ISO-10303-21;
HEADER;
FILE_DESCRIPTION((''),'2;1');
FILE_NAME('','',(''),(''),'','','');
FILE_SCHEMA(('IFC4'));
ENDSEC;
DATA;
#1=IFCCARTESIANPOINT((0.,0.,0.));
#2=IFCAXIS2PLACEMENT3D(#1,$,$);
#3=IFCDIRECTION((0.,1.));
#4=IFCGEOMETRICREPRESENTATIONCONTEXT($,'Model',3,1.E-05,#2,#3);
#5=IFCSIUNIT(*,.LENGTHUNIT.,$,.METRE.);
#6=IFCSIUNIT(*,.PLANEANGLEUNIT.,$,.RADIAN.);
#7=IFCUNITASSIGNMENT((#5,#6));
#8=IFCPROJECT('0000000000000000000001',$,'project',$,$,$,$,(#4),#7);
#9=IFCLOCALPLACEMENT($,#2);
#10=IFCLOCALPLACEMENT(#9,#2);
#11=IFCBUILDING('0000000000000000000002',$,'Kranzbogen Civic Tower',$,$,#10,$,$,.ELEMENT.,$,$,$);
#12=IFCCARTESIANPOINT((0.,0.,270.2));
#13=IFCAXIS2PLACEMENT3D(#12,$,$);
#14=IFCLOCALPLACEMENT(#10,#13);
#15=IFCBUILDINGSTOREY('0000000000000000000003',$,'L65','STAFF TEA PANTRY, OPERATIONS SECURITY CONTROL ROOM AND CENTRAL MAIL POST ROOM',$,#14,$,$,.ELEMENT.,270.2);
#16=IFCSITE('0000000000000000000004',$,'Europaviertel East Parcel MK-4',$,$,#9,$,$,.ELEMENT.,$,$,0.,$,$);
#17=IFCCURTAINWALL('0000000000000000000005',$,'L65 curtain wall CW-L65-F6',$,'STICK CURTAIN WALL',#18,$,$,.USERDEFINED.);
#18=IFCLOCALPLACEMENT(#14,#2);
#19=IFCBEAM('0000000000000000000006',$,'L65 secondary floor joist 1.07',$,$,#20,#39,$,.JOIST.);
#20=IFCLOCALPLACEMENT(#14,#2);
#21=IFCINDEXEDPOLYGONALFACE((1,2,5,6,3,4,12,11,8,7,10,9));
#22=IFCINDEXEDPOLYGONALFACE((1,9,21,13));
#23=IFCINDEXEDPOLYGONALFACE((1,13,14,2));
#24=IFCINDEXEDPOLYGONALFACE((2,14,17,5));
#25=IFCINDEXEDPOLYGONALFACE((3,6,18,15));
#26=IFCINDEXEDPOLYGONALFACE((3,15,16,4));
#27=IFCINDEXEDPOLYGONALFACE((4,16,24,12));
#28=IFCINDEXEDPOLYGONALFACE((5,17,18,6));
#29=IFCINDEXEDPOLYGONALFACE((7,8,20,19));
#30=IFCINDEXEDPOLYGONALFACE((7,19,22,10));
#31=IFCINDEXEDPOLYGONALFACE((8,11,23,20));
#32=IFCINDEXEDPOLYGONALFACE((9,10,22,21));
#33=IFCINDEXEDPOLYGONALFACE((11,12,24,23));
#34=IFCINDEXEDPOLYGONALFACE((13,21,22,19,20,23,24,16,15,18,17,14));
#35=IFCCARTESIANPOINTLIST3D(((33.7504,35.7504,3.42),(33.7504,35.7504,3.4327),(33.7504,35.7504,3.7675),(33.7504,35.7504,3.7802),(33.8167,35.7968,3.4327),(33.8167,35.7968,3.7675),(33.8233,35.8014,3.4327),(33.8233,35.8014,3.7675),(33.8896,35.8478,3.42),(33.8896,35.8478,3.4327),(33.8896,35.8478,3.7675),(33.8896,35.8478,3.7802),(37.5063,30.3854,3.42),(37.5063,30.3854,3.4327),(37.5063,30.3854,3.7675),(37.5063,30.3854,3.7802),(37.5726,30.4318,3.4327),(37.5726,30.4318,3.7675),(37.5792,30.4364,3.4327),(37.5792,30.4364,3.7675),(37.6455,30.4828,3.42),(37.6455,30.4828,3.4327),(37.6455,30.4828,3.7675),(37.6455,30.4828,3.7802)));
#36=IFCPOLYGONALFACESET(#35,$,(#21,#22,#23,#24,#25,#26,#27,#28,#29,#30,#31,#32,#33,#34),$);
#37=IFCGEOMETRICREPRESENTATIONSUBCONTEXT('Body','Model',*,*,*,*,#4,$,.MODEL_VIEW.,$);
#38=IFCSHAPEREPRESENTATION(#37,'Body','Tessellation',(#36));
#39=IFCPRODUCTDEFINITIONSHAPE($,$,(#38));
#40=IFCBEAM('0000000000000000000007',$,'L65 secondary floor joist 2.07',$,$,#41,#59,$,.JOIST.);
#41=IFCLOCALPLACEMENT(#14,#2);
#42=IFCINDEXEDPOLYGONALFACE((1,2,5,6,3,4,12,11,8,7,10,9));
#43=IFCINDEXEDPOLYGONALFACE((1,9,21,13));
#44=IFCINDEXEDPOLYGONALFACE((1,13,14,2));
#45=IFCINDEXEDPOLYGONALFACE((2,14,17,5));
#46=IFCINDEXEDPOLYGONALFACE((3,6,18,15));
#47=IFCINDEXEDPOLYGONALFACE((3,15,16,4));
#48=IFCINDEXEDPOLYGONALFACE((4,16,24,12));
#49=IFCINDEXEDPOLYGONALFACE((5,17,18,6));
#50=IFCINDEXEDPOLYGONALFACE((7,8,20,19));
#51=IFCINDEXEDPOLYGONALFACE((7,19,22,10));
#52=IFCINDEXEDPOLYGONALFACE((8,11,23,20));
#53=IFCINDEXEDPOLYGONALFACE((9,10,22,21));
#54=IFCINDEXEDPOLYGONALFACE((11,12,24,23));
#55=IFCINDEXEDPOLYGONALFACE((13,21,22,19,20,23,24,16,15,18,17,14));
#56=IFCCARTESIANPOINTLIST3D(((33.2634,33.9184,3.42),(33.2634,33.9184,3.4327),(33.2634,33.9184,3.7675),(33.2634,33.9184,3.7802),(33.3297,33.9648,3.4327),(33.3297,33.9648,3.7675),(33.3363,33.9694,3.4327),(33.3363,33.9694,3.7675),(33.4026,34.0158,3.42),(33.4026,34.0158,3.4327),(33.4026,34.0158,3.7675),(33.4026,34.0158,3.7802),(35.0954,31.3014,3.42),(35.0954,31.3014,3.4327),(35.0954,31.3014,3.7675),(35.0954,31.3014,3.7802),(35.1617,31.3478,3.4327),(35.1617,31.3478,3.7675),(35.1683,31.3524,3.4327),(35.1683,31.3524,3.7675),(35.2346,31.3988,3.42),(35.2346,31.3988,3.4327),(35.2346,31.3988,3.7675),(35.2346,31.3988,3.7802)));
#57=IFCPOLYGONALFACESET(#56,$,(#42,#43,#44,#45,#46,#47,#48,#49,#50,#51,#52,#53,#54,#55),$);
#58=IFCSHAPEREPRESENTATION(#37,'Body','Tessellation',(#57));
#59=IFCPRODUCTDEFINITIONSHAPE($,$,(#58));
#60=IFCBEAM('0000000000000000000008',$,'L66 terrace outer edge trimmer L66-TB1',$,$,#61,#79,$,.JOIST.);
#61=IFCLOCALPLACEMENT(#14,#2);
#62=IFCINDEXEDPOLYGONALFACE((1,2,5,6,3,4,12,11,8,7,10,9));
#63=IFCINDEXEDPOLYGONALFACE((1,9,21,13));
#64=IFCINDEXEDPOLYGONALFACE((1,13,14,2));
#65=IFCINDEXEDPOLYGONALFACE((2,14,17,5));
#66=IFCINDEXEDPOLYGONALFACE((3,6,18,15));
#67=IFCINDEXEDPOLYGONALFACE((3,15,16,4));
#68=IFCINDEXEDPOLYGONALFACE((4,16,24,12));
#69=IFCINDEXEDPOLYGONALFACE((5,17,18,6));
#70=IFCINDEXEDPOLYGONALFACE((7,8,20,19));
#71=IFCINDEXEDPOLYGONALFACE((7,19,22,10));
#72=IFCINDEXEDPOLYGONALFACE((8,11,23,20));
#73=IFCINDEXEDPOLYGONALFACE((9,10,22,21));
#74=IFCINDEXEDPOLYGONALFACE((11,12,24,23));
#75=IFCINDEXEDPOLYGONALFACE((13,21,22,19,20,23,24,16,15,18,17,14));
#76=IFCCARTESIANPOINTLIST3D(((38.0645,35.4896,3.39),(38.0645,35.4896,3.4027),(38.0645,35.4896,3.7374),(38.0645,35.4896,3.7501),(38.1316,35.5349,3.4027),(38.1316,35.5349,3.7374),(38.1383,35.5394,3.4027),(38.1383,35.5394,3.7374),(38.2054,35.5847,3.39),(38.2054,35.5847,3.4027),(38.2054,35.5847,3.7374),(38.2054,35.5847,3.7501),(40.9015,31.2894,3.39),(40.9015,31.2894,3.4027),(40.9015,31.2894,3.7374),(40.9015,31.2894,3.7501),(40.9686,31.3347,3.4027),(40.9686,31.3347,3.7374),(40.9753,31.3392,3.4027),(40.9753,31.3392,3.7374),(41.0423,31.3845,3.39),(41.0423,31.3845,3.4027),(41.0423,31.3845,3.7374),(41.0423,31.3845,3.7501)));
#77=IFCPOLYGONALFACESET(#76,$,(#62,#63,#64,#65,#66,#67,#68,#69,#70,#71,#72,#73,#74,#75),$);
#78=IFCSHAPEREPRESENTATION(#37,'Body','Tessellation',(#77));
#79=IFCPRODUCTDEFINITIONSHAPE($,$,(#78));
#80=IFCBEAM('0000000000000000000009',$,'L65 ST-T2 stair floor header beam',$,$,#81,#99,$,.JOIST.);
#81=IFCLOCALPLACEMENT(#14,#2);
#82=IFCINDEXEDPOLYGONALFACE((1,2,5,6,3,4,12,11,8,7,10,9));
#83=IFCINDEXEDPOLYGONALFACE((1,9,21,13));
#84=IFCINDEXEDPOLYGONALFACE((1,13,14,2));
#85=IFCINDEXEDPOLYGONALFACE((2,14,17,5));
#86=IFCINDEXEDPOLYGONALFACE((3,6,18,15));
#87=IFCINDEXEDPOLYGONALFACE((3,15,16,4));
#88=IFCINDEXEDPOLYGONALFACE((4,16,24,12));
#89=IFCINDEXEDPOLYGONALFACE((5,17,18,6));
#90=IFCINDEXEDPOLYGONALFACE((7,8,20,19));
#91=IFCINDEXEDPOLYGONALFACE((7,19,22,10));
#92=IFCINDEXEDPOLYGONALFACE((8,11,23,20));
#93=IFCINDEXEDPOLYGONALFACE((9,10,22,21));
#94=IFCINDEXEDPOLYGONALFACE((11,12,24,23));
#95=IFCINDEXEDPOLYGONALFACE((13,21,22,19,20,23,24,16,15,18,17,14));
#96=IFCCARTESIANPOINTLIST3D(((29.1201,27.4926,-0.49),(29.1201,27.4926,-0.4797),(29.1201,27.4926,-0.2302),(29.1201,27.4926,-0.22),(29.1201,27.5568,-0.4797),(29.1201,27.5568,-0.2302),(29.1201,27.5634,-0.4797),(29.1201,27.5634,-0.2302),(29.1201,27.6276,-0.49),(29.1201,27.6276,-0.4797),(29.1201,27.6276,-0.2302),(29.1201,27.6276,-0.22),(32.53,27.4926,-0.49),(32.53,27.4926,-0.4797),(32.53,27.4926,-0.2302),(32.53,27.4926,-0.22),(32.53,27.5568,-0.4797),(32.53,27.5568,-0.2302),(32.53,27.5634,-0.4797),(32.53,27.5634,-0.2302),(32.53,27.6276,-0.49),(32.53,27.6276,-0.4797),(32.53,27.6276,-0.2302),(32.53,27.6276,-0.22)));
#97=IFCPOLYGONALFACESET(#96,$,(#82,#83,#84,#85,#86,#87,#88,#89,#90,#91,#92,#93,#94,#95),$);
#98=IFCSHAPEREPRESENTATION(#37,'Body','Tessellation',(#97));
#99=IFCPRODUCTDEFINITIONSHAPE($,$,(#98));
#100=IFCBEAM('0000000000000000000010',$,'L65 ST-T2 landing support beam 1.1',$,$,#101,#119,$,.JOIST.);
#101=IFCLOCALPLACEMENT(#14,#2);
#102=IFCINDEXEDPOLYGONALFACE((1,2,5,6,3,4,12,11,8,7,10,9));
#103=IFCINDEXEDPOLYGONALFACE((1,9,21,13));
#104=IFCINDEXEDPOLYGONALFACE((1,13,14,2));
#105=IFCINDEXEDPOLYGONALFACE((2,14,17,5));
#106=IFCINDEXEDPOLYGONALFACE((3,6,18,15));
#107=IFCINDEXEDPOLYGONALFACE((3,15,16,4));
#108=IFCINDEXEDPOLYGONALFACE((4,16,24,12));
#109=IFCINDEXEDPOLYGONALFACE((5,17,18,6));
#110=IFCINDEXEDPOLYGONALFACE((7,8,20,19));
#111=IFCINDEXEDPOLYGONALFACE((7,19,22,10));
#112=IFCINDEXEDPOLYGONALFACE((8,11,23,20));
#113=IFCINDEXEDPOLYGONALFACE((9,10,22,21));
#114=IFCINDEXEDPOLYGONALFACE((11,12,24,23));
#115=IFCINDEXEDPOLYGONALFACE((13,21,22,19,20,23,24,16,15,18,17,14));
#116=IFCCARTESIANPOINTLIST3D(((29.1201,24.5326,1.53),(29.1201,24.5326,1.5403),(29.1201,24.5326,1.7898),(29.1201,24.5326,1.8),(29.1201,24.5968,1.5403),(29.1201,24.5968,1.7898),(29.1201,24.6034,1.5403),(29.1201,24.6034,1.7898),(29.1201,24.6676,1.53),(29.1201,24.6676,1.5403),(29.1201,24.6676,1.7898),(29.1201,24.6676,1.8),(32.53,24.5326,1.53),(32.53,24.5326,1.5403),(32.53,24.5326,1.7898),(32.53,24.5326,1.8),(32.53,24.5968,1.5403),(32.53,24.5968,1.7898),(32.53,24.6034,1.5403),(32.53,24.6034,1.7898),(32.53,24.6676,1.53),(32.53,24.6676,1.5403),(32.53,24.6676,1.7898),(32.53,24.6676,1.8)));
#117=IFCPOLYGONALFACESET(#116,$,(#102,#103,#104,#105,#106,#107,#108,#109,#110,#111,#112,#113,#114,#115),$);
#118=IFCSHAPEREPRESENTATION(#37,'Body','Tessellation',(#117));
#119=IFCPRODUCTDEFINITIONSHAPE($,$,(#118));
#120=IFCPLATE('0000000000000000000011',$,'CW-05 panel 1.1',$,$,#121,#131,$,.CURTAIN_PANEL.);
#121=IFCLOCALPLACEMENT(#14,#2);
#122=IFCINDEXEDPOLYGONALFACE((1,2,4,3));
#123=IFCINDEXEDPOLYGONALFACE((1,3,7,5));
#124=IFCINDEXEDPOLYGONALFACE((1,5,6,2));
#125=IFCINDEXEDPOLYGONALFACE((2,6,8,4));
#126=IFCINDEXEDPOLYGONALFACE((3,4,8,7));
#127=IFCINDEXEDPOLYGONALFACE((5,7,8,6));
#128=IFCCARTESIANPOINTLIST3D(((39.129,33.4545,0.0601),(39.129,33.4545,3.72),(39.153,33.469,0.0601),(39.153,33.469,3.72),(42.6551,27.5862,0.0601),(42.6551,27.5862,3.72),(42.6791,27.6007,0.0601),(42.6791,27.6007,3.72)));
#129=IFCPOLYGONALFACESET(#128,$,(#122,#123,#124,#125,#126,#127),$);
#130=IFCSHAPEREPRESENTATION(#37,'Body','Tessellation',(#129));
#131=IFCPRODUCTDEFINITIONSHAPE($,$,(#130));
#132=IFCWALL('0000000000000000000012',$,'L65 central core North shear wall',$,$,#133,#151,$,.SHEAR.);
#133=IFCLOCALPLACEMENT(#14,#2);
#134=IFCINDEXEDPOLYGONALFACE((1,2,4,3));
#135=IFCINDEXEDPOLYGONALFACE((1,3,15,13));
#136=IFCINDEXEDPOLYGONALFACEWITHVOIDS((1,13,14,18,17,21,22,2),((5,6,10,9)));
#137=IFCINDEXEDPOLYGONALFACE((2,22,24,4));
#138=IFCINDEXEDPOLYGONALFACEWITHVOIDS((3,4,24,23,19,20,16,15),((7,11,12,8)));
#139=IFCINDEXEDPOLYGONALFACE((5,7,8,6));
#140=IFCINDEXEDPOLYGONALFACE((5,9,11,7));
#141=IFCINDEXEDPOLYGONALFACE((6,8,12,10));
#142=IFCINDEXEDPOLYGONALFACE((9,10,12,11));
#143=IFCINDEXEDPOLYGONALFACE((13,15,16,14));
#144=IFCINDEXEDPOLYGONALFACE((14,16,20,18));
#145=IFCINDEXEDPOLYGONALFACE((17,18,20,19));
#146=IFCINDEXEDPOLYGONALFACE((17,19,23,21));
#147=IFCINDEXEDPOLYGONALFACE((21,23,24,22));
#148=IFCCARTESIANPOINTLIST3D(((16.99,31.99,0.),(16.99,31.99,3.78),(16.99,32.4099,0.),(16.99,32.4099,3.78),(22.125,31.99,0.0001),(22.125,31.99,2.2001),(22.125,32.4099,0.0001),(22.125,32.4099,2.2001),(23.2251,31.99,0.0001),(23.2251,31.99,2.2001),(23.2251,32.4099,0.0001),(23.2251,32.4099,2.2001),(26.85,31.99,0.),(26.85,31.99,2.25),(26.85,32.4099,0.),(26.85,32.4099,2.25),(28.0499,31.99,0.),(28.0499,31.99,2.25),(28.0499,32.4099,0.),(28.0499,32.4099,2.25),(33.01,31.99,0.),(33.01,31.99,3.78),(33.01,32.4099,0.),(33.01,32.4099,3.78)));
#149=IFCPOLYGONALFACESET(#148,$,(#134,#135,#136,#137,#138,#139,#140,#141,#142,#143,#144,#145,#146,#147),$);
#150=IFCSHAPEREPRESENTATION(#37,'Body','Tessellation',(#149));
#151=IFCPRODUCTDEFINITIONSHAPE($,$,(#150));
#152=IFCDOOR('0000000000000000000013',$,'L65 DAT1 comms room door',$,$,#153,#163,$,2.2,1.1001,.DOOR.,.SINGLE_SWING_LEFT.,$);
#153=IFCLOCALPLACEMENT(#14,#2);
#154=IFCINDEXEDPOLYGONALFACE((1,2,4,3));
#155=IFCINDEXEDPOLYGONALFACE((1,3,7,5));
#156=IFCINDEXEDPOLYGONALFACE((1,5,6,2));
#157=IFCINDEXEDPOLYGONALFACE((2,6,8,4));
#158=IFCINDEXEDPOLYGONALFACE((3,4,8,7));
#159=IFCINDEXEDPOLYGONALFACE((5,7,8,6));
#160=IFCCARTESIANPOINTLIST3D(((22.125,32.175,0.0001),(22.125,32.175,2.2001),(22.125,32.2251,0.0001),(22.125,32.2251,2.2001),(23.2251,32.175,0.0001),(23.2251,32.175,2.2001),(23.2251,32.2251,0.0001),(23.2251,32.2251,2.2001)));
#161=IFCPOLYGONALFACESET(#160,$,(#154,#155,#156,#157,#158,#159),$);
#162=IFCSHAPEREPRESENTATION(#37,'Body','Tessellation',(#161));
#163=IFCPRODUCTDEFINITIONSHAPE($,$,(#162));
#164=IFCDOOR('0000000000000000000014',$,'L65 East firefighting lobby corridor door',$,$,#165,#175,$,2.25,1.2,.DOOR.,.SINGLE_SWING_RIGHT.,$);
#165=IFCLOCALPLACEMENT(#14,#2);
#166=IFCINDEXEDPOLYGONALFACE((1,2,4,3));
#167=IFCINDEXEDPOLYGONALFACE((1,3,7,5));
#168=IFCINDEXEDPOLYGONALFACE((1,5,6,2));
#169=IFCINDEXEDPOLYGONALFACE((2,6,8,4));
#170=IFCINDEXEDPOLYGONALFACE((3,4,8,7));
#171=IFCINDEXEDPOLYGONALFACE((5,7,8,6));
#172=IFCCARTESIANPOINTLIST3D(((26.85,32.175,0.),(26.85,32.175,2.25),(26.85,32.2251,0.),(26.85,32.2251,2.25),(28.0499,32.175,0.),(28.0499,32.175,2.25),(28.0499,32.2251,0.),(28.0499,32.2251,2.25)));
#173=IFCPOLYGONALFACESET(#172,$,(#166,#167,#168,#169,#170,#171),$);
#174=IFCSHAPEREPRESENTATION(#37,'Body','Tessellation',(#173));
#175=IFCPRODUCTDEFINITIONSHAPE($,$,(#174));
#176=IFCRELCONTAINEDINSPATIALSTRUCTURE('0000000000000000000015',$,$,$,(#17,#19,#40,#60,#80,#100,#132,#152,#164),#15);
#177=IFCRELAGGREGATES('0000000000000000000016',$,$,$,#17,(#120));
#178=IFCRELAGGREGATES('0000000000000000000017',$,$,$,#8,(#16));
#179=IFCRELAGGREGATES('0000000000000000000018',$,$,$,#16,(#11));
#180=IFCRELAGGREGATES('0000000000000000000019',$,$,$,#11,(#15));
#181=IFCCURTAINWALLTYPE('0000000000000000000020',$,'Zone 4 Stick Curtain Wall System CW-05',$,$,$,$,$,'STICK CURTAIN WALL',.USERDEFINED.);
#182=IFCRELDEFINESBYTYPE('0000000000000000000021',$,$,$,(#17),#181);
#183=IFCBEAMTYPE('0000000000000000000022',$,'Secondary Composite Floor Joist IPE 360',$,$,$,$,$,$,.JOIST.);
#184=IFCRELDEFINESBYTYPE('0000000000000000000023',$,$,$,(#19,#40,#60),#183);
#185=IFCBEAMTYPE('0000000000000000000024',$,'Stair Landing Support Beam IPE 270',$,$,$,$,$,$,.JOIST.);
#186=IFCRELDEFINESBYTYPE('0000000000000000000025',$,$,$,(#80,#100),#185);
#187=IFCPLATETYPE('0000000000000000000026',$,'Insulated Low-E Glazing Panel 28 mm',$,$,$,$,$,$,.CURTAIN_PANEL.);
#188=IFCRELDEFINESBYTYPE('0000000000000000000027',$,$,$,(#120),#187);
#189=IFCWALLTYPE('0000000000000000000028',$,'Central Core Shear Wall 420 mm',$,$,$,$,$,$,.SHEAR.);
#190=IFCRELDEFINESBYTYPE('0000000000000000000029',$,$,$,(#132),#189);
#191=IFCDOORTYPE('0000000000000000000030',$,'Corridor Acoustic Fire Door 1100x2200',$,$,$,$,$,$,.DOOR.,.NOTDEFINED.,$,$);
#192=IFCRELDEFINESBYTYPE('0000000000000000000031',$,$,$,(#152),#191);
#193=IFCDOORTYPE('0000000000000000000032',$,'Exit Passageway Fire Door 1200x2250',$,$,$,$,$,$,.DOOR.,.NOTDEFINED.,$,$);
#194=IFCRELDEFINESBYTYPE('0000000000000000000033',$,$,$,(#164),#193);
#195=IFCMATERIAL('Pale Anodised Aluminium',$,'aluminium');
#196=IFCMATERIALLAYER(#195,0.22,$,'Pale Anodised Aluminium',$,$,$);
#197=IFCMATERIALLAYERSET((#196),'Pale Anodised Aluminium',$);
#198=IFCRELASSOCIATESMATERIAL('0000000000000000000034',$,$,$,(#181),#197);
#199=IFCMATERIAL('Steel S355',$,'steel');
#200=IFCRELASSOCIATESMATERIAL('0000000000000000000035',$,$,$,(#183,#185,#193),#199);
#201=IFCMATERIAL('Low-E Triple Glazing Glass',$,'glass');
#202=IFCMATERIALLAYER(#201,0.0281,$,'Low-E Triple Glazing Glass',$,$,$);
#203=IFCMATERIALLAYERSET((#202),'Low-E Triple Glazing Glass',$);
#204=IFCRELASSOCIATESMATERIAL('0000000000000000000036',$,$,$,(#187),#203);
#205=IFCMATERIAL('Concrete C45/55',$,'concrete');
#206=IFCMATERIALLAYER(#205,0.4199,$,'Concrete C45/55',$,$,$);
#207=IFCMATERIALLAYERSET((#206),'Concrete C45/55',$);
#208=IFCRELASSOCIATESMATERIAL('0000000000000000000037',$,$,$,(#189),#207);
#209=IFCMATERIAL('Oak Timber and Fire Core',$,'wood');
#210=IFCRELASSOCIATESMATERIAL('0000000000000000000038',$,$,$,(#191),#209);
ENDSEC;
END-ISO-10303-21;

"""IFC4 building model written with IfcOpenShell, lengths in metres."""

from ifc_helpers import new_model, si_unit, direction, frame, frame_2d, origin, origin_2d, place, context, subcontext, project, spatial, rectangle, i_section, extrude, material, layer, layer_set, material_profile, profile_set, type_object, element, fill, aggregate, save


model = new_model("IFC4")

# Units and contexts
model_context = context("Model", 3, precision=1e-05, world=origin(), true_north=direction((0.0, 1.0)))
body_context = subcontext(model_context, "Body", "Model", "MODEL_VIEW")
ifc_project = project(units=[si_unit("LENGTHUNIT", "METRE"), si_unit("PLANEANGLEUNIT", "RADIAN")], contexts=[model_context])

# Site, building, storey
site_placement = place(None, origin())
site = spatial("IfcSite", under=ifc_project, at=site_placement, Name="Europaviertel East Parcel MK-4", CompositionType="ELEMENT", RefElevation=0.0)
building_placement = place(site_placement, origin())
building = spatial("IfcBuilding", under=site, at=building_placement, Name="Kranzbogen Civic Tower", CompositionType="ELEMENT")
storey_placement = place(building_placement, frame((0.0, 0.0, 270.2)))
storey = spatial("IfcBuildingStorey", under=building, at=storey_placement, Name="L65", Description="STAFF TEA PANTRY, OPERATIONS SECURITY CONTROL ROOM AND CENTRAL MAIL POST ROOM", CompositionType="ELEMENT", Elevation=270.2)

# Shared definitions
ifc_material_1 = material(Name="Steel S355", Category="steel")

# Curtain wall
ifc_material_2 = material(Name="Pale Anodised Aluminium", Category="aluminium")
ifc_layer_1 = layer(ifc_material_2, 0.22, Name="Pale Anodised Aluminium")
ifc_layer_set_1 = layer_set([ifc_layer_1], Name="Pale Anodised Aluminium")
curtain_wall_type = type_object("IfcCurtainWallType", Name="Zone 4 Stick Curtain Wall System CW-05", ElementType="STICK CURTAIN WALL", PredefinedType="USERDEFINED", material=ifc_layer_set_1)
curtain_wall_placement = place(storey_placement, origin())
curtain_wall = element("IfcCurtainWall", 1, at=curtain_wall_placement, inside=storey, type_object=curtain_wall_type, Name="L65 curtain wall CW-L65-F6", ObjectType="STICK CURTAIN WALL", PredefinedType="USERDEFINED")

# Beams
ifc_material_profile_1 = material_profile(ifc_material_1, i_section(OverallWidth=0.1699, OverallDepth=0.3601, WebThickness=0.0081, FlangeThickness=0.0127, at=origin_2d()), Name="IPE 360")
ifc_profile_set_1 = profile_set([ifc_material_profile_1], Name="Steel S355")
beam_type_1 = type_object("IfcBeamType", Name="Secondary Composite Floor Joist IPE 360", PredefinedType="JOIST", material=ifc_profile_set_1)
beam_1_placement = place(storey_placement, frame((37.5759, 30.4341, 3.6001), z_axis=(-0.5735, 0.819206, 0.0), x_axis=(-0.819206, -0.5735, 0.0)))
element("IfcBeam", 2, at=beam_1_placement, inside=storey, type_object=beam_type_1, Name="L65 secondary floor joist 1.07", PredefinedType="JOIST", context=body_context, shape_type="SweptSolid", body=[
    extrude(i_section(OverallWidth=0.1699, OverallDepth=0.3601, WebThickness=0.0081, FlangeThickness=0.0127, at=origin_2d()), origin(), (0.0, 0.0, 1.0), 6.5491),
])
beam_2_placement = place(storey_placement, frame((35.165, 31.3501, 3.6001), z_axis=(-0.573498, 0.819207, 0.0), x_axis=(-0.819207, -0.573498, 0.0)))
element("IfcBeam", 3, at=beam_2_placement, inside=storey, type_object=beam_type_1, Name="L65 secondary floor joist 2.07", PredefinedType="JOIST", context=body_context, shape_type="SweptSolid", body=[
    extrude(i_section(OverallWidth=0.1699, OverallDepth=0.3601, WebThickness=0.0081, FlangeThickness=0.0127, at=origin_2d()), origin(), (0.0, 0.0, 1.0), 3.1946),
])
beam_3_placement = place(storey_placement, frame((40.9719, 31.3369, 3.5701), z_axis=(-0.559714, 0.828686, 0.0), x_axis=(-0.828686, -0.559714, 0.0)))
element("IfcBeam", 4, at=beam_3_placement, inside=storey, type_object=beam_type_1, Name="L66 terrace outer edge trimmer L66-TB1", PredefinedType="JOIST", context=body_context, shape_type="SweptSolid", body=[
    extrude(i_section(OverallWidth=0.1699, OverallDepth=0.3601, WebThickness=0.0081, FlangeThickness=0.0127, at=origin_2d()), origin(), (0.0, 0.0, 1.0), 5.0686),
])
ifc_material_profile_2 = material_profile(ifc_material_1, i_section(OverallWidth=0.135, OverallDepth=0.27, WebThickness=0.0066, FlangeThickness=0.0103, at=origin_2d()), Name="IPE 270")
ifc_profile_set_2 = profile_set([ifc_material_profile_2], Name="Steel S355")
beam_type_2 = type_object("IfcBeamType", Name="Stair Landing Support Beam IPE 270", PredefinedType="JOIST", material=ifc_profile_set_2)
for number, where, z_axis, x_axis, name in (
    (5, (29.1201, 27.5601, -0.355), (1.0, 0.0, 0.0), (0.0, 1.0, 0.0), "L65 ST-T2 stair floor header beam"),
    (6, (29.1201, 24.6001, 1.665), (1.0, 0.0, 0.0), (0.0, 1.0, 0.0), "L65 ST-T2 landing support beam 1.1"),
):
    element("IfcBeam", number, at=place(storey_placement, frame(where, z_axis=z_axis, x_axis=x_axis)), inside=storey, type_object=beam_type_2, Name=name, PredefinedType="JOIST", context=body_context, shape_type="SweptSolid", body=[
        extrude(i_section(OverallWidth=0.135, OverallDepth=0.27, WebThickness=0.0066, FlangeThickness=0.0103, at=origin_2d()), origin(), (0.0, 0.0, 1.0), 3.4099),
    ])

# Plate
ifc_material_3 = material(Name="Low-E Triple Glazing Glass", Category="glass")
ifc_layer_2 = layer(ifc_material_3, 0.0281, Name="Low-E Triple Glazing Glass")
ifc_layer_set_2 = layer_set([ifc_layer_2], Name="Low-E Triple Glazing Glass")
plate_type = type_object("IfcPlateType", Name="Insulated Low-E Glazing Panel 28 mm", PredefinedType="CURTAIN_PANEL", material=ifc_layer_set_2)
plate_placement = place(storey_placement, frame((40.9041, 30.5276, 0.0601), z_axis=(0.0, 0.0, 1.0), x_axis=(-0.515047, 0.857162, 0.0)))
plate = element("IfcPlate", 7, at=plate_placement, type_object=plate_type, Name="CW-05 panel 1.1", PredefinedType="CURTAIN_PANEL", context=body_context, shape_type="SweptSolid", body=[
    extrude(rectangle(XDim=6.8462, YDim=0.0281, at=origin_2d()), origin(), (0.0, 0.0, 1.0), 3.6599),
])
aggregate(curtain_wall, [plate])

# Wall, openings, doors
ifc_material_4 = material(Name="Concrete C45/55", Category="concrete")
ifc_layer_3 = layer(ifc_material_4, 0.4199, Name="Concrete C45/55")
ifc_layer_set_3 = layer_set([ifc_layer_3], Name="Concrete C45/55")
wall_type_1 = type_object("IfcWallType", Name="Central Core Shear Wall 420 mm", PredefinedType="SHEAR", material=ifc_layer_set_3)
wall_1_placement = place(storey_placement, frame((33.01, 32.2, 0.0), z_axis=(0.0, 0.0, 1.0), x_axis=(-1.0, 0.0, 0.0)))
wall_1 = element("IfcWall", 8, at=wall_1_placement, inside=storey, type_object=wall_type_1, Name="L65 central core North shear wall", PredefinedType="SHEAR", context=body_context, shape_type="SweptSolid", body=[
    extrude(rectangle(XDim=16.02, YDim=0.4199, at=frame_2d((8.01, 0.0))), origin(), (0.0, 0.0, 1.0), 3.78),
])
opening_1_placement = place(wall_1_placement, frame((4.96, 0.0, 0.0)))
opening_1 = element("IfcOpeningElement", 9, at=opening_1_placement, cuts=wall_1, PredefinedType="OPENING", context=body_context, shape_type="SweptSolid", body=[
    extrude(rectangle(XDim=1.2, YDim=2.25, at=frame_2d((0.6001, 1.125))), frame((0.0, 0.22, 0.0), z_axis=(0.0, -1.0, 0.0), x_axis=(1.0, 0.0, 0.0)), (0.0, 0.0, 1.0), 0.4399),
])
opening_2_placement = place(wall_1_placement, frame((9.7849, 0.0, 0.0)))
opening_2 = element("IfcOpeningElement", 10, at=opening_2_placement, cuts=wall_1, PredefinedType="OPENING", context=body_context, shape_type="SweptSolid", body=[
    extrude(rectangle(XDim=1.1001, YDim=2.2, at=frame_2d((0.55, 1.1001))), frame((0.0, 0.22, 0.0), z_axis=(0.0, -1.0, 0.0), x_axis=(1.0, 0.0, 0.0)), (0.0, 0.0, 1.0), 0.4399),
])
ifc_material_5 = material(Name="Oak Timber and Fire Core", Category="wood")
door_type_1 = type_object("IfcDoorType", Name="Corridor Acoustic Fire Door 1100x2200", OperationType="NOTDEFINED", PredefinedType="DOOR", material=ifc_material_5)
door_1_placement = place(opening_2_placement, origin())
door_1 = element("IfcDoor", 11, at=door_1_placement, inside=storey, type_object=door_type_1, Name="L65 DAT1 comms room door", OperationType="SINGLE_SWING_LEFT", OverallHeight=2.2, OverallWidth=1.1001, PredefinedType="DOOR", context=body_context, shape_type="SweptSolid", body=[
    extrude(rectangle(XDim=1.1001, YDim=2.2, at=frame_2d((0.55, 1.1001))), frame((0.0, 0.0249, 0.0), z_axis=(0.0, -1.0, 0.0), x_axis=(1.0, 0.0, 0.0)), (0.0, 0.0, 1.0), 0.05),
])
fill(opening_2, door_1)
door_type_2 = type_object("IfcDoorType", Name="Exit Passageway Fire Door 1200x2250", OperationType="NOTDEFINED", PredefinedType="DOOR", material=ifc_material_1)
door_2_placement = place(opening_1_placement, origin())
door_2 = element("IfcDoor", 12, at=door_2_placement, inside=storey, type_object=door_type_2, Name="L65 East firefighting lobby corridor door", OperationType="SINGLE_SWING_RIGHT", OverallHeight=2.25, OverallWidth=1.2, PredefinedType="DOOR", context=body_context, shape_type="SweptSolid", body=[
    extrude(rectangle(XDim=1.2, YDim=2.25, at=frame_2d((0.6001, 1.125))), frame((0.0, 0.0249, 0.0), z_axis=(0.0, -1.0, 0.0), x_axis=(1.0, 0.0, 0.0)), (0.0, 0.0, 1.0), 0.05),
])
fill(opening_1, door_2)

save(model, "model.ifc")
